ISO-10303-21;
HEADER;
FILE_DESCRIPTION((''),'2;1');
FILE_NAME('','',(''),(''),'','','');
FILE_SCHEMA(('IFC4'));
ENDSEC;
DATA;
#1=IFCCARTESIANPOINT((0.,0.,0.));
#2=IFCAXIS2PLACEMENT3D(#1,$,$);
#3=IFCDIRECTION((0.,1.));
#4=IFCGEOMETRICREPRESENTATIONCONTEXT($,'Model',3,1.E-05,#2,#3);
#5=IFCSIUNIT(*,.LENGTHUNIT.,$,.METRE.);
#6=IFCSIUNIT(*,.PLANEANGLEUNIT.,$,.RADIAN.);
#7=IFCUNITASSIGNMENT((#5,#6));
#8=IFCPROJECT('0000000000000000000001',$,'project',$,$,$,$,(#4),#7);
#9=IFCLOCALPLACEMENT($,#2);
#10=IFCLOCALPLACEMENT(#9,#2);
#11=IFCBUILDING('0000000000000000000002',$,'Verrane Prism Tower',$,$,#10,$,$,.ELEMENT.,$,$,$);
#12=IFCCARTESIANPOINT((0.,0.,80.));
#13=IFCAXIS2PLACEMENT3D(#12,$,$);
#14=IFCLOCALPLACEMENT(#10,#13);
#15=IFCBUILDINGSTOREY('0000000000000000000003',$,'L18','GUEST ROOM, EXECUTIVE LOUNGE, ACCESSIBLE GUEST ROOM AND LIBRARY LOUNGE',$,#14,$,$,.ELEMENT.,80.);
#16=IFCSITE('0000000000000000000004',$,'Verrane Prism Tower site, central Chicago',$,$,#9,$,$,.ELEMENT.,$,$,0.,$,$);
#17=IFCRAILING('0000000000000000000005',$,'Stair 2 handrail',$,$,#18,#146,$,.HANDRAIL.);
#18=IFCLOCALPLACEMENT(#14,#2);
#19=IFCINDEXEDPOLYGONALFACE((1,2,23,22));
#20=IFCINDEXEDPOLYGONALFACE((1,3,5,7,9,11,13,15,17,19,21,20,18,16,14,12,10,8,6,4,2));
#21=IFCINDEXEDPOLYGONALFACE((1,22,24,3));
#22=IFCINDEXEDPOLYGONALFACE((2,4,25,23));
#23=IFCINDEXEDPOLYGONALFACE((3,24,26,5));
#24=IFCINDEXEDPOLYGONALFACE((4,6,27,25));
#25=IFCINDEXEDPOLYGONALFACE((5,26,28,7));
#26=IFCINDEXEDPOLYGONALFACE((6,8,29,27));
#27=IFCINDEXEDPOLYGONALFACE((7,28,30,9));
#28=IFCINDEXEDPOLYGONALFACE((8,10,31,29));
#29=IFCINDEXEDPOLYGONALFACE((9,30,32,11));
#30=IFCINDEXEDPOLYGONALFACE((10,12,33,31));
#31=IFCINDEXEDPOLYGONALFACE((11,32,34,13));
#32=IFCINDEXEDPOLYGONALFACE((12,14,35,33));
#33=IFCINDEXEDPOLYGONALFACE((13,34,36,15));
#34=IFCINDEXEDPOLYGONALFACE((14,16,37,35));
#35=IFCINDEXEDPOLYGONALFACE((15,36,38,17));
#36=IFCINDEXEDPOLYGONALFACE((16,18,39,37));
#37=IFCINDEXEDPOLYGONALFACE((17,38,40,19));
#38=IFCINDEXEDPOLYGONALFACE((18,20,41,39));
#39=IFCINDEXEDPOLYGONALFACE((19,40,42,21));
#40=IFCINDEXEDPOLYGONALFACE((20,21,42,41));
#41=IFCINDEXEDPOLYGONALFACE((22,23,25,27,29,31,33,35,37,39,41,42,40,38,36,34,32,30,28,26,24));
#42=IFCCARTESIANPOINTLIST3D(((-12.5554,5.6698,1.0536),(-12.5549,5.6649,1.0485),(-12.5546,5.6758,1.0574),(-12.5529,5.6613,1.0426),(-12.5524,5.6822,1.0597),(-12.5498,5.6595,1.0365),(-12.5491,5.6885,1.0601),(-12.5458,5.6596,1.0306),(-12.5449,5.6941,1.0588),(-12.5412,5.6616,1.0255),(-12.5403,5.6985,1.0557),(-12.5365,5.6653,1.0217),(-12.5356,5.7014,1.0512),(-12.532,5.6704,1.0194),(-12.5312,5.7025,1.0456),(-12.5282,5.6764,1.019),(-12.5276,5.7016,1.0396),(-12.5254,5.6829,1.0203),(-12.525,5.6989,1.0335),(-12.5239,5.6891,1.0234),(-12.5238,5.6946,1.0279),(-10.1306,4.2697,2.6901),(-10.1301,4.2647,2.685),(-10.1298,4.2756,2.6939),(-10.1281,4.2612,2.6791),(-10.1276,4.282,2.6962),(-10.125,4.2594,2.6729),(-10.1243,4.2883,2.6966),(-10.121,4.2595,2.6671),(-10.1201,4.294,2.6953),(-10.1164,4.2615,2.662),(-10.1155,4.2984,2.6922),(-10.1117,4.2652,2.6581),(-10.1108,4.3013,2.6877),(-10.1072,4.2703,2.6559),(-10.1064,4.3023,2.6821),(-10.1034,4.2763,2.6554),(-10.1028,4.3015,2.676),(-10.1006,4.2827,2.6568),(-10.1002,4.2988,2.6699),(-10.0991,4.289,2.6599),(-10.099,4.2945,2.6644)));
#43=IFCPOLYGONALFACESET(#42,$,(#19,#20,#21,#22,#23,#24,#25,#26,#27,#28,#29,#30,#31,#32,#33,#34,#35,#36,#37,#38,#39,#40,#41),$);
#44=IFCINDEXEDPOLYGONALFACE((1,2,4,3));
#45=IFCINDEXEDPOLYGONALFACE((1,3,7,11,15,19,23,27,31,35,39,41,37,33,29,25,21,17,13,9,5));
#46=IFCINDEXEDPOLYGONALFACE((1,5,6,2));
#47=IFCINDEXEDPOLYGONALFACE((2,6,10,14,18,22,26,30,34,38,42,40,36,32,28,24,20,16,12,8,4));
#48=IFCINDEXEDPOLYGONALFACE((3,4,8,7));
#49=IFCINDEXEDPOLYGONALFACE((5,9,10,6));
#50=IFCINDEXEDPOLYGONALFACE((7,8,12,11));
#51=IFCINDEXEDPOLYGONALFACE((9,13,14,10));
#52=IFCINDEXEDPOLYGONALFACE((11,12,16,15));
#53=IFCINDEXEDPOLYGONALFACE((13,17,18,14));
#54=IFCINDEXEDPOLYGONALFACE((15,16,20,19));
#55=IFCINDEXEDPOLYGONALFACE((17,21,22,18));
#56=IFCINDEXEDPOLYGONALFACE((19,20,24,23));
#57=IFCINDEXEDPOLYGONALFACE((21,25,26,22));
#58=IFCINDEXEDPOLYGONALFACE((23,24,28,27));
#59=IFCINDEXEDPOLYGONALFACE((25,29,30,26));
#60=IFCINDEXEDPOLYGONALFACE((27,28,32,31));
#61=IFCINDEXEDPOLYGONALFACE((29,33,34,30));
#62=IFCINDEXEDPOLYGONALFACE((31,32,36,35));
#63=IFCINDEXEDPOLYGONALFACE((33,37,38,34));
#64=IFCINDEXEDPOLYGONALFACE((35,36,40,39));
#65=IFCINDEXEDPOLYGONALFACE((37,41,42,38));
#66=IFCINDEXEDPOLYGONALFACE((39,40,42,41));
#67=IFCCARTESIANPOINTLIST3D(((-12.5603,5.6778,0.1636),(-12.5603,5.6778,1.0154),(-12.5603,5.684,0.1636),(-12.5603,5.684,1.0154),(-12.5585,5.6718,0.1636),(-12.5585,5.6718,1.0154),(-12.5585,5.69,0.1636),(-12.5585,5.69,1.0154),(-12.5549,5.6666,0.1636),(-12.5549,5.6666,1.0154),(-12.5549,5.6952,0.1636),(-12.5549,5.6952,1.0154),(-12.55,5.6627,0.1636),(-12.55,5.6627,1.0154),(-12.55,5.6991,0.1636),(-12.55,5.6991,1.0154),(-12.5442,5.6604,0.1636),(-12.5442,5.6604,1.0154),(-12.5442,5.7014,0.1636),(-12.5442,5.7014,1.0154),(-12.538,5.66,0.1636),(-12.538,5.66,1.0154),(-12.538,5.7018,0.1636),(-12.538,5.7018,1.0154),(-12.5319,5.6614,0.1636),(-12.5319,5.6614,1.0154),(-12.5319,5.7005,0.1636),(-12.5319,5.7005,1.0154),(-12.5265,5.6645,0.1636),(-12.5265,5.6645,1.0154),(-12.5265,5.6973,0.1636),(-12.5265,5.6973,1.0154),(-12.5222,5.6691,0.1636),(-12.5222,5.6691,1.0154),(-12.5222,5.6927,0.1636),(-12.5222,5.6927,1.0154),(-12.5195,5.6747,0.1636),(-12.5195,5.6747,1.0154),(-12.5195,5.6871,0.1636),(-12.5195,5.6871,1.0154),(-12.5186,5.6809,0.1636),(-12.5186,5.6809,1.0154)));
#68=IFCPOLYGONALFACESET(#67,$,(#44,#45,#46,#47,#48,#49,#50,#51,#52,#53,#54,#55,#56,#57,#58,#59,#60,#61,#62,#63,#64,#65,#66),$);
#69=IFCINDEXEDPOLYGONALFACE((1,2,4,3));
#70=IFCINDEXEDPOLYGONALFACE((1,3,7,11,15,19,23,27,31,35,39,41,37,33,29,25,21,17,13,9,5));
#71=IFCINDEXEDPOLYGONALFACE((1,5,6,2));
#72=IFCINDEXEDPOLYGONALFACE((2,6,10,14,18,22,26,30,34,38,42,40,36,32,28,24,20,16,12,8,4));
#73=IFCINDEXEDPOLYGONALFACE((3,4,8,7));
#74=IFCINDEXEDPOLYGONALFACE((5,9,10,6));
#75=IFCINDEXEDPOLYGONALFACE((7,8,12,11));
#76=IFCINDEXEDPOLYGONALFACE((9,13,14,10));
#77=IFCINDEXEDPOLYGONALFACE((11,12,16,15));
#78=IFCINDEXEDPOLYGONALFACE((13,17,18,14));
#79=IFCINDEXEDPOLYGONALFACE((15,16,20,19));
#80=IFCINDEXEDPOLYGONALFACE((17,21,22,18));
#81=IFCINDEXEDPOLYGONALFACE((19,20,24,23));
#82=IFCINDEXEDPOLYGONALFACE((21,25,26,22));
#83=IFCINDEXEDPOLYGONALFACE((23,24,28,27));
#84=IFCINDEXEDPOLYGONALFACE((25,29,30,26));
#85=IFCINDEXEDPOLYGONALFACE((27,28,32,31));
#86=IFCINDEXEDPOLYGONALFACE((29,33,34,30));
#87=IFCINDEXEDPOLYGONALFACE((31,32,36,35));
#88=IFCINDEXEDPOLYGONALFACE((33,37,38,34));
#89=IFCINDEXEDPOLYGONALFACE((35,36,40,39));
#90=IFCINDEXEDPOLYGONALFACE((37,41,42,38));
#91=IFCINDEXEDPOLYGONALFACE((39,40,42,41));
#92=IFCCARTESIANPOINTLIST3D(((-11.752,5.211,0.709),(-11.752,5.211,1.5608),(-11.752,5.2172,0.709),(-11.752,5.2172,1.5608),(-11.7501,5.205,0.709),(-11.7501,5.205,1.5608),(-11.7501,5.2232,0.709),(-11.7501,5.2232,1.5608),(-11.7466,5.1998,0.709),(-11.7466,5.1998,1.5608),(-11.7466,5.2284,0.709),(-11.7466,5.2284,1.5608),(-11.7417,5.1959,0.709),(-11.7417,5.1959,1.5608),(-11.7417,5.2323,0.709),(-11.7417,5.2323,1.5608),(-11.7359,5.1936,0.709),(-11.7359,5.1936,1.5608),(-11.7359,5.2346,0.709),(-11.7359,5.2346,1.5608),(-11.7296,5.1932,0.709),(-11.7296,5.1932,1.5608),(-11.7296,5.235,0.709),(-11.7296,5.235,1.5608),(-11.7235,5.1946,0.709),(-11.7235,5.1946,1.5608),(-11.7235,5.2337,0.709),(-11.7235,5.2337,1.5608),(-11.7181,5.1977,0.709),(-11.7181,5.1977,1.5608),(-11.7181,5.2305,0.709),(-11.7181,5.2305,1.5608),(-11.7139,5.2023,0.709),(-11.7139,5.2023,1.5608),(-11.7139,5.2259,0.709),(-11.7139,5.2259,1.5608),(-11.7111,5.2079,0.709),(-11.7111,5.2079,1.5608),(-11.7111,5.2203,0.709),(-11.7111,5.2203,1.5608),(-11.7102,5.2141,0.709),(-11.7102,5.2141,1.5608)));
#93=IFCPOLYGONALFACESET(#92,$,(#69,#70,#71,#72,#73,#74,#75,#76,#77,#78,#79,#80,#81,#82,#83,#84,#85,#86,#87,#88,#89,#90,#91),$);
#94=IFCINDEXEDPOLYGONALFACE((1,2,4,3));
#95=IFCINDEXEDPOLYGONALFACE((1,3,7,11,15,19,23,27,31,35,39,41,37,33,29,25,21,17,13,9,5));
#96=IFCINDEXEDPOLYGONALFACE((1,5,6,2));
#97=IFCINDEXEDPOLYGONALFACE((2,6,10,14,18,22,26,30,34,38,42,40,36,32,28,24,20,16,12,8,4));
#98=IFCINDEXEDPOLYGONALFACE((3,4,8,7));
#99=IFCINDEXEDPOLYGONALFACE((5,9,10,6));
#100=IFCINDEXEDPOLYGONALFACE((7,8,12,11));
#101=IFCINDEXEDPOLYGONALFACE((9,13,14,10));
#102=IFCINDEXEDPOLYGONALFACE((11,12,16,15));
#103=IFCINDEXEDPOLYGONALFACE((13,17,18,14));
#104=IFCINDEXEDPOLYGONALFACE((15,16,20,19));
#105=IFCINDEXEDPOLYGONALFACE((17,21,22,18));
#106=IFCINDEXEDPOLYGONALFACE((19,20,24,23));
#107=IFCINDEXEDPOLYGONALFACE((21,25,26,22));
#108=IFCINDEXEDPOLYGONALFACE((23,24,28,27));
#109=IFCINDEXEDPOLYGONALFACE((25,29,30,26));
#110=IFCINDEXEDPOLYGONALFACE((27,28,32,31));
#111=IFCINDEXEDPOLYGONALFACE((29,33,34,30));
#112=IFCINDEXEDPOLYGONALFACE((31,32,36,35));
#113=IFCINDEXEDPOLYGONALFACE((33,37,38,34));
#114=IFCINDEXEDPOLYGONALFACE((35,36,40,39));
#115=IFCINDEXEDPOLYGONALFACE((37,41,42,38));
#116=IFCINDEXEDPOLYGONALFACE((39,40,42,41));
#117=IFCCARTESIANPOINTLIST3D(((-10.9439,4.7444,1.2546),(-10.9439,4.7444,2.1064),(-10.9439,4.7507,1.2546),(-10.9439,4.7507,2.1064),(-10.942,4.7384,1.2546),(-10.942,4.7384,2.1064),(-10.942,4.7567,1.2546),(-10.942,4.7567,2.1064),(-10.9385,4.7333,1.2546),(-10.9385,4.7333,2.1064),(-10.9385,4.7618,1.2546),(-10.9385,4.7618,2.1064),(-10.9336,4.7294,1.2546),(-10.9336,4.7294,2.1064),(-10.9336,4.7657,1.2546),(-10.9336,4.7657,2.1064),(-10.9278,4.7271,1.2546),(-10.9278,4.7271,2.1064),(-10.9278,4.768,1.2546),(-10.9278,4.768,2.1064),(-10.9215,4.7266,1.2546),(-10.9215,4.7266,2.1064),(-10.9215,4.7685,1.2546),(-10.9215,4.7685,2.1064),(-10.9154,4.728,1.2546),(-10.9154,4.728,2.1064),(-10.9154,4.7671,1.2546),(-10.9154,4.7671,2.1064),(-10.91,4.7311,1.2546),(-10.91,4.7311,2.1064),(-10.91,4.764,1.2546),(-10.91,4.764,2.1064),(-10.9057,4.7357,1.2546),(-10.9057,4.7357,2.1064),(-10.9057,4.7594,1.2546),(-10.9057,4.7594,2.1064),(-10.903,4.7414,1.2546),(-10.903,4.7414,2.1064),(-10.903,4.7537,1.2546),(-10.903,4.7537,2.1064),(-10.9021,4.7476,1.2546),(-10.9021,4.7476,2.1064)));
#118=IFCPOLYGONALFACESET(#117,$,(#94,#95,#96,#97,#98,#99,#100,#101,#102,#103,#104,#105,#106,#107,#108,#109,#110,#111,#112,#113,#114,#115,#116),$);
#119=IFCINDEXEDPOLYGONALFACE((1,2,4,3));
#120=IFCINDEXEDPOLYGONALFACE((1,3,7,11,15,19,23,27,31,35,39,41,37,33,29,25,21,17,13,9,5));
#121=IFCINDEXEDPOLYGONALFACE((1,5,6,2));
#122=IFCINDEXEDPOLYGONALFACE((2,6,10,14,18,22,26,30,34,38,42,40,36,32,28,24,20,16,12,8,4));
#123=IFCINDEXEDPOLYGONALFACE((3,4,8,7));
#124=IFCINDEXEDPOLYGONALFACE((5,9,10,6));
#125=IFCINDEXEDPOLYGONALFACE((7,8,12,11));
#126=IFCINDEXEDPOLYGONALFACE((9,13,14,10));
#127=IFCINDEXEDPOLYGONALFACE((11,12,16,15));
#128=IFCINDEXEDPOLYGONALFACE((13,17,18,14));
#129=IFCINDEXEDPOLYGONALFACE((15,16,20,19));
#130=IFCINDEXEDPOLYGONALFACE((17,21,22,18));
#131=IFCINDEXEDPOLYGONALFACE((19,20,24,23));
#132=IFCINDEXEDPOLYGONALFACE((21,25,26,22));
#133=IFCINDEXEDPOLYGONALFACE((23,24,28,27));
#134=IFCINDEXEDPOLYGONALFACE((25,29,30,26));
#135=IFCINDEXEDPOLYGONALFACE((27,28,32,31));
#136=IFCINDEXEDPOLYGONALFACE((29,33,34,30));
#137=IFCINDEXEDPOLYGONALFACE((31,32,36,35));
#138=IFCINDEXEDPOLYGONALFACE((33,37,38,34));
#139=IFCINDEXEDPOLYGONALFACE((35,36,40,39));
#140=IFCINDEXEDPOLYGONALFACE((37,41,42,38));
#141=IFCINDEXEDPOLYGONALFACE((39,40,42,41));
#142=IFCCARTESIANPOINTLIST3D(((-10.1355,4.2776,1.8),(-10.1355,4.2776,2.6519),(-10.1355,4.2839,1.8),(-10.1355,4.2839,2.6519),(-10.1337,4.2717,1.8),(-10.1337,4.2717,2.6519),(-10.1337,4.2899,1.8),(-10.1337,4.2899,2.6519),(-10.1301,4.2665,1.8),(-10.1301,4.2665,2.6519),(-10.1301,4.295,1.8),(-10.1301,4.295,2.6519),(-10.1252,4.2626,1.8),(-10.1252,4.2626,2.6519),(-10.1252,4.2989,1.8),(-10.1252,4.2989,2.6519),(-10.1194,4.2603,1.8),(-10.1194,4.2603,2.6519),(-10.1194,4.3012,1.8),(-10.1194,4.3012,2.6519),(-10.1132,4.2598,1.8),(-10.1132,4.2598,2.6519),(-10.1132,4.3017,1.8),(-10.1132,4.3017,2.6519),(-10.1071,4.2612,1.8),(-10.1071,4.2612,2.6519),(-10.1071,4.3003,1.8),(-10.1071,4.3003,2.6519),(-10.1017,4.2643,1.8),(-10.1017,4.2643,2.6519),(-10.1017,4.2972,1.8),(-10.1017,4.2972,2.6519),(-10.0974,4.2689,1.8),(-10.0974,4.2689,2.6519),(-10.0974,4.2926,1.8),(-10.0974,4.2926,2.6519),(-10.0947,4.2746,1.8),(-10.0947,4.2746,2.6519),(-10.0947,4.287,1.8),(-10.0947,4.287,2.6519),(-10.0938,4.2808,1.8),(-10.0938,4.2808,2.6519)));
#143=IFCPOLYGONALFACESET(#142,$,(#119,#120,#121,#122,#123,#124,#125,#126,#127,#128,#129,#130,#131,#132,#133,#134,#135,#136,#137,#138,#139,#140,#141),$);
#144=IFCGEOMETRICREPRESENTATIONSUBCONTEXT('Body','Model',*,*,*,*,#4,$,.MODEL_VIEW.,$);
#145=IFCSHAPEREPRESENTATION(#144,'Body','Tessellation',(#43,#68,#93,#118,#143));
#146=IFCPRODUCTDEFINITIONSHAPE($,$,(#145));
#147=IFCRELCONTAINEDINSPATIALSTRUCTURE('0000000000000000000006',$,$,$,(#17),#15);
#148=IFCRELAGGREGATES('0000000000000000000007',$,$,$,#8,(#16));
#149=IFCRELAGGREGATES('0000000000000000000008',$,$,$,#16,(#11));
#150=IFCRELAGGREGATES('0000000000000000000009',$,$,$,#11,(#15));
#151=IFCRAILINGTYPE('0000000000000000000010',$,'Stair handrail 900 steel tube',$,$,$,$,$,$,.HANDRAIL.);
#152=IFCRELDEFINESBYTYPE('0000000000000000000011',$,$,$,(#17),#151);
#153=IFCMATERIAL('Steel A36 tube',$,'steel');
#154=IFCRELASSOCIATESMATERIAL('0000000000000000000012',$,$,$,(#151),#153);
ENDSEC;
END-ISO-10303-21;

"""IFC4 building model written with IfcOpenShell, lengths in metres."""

from ifc_helpers import new_model, si_unit, direction, frame, origin, origin_2d, place, context, subcontext, project, spatial, circle, extrude, material, type_object, element, save


model = new_model("IFC4")

# Units and contexts
model_context = context("Model", 3, precision=1e-05, world=origin(), true_north=direction((0.0, 1.0)))
body_context = subcontext(model_context, "Body", "Model", "MODEL_VIEW")
ifc_project = project(units=[si_unit("LENGTHUNIT", "METRE"), si_unit("PLANEANGLEUNIT", "RADIAN")], contexts=[model_context])

# Site, building, storey
site_placement = place(None, origin())
site = spatial("IfcSite", under=ifc_project, at=site_placement, Name="Verrane Prism Tower site, central Chicago", CompositionType="ELEMENT", RefElevation=0.0)
building_placement = place(site_placement, origin())
building = spatial("IfcBuilding", under=site, at=building_placement, Name="Verrane Prism Tower", CompositionType="ELEMENT")
storey_placement = place(building_placement, frame((0.0, 0.0, 80.0)))
storey = spatial("IfcBuildingStorey", under=building, at=storey_placement, Name="L18", Description="GUEST ROOM, EXECUTIVE LOUNGE, ACCESSIBLE GUEST ROOM AND LIBRARY LOUNGE", CompositionType="ELEMENT", Elevation=80.0)

# Railing
ifc_material_1 = material(Name="Steel A36 tube", Category="steel")
railing_type_1 = type_object("IfcRailingType", Name="Stair handrail 900 steel tube", PredefinedType="HANDRAIL", material=ifc_material_1)
railing_1_placement = place(storey_placement, frame((-12.5396, 5.6809, 0.1636)))
element("IfcRailing", 1, at=railing_1_placement, inside=storey, type_object=railing_type_1, Name="Stair 2 handrail", PredefinedType="HANDRAIL", context=body_context, shape_type="SweptSolid", body=[
    extrude(circle(Radius=0.0239, at=origin_2d()), frame((0.0, 0.0, 0.876), z_axis=(0.747666, -0.431722, 0.504591), x_axis=(0.50005, 0.865997, 0.0)), (0.0, 0.0, 1.0), 3.2432),
    extrude(circle(Radius=0.021, at=origin_2d()), origin(), (0.0, 0.0, 1.0), 0.8518),
    extrude(circle(Radius=0.021, at=origin_2d()), frame((0.8083, -0.4668, 0.5454)), (0.0, 0.0, 1.0), 0.8518),
    extrude(circle(Radius=0.021, at=origin_2d()), frame((1.6165, -0.9333, 1.0911)), (0.0, 0.0, 1.0), 0.8518),
    extrude(circle(Radius=0.021, at=origin_2d()), frame((2.4248, -1.4001, 1.6365)), (0.0, 0.0, 1.0), 0.8518),
])

save(model, "model.ifc")
